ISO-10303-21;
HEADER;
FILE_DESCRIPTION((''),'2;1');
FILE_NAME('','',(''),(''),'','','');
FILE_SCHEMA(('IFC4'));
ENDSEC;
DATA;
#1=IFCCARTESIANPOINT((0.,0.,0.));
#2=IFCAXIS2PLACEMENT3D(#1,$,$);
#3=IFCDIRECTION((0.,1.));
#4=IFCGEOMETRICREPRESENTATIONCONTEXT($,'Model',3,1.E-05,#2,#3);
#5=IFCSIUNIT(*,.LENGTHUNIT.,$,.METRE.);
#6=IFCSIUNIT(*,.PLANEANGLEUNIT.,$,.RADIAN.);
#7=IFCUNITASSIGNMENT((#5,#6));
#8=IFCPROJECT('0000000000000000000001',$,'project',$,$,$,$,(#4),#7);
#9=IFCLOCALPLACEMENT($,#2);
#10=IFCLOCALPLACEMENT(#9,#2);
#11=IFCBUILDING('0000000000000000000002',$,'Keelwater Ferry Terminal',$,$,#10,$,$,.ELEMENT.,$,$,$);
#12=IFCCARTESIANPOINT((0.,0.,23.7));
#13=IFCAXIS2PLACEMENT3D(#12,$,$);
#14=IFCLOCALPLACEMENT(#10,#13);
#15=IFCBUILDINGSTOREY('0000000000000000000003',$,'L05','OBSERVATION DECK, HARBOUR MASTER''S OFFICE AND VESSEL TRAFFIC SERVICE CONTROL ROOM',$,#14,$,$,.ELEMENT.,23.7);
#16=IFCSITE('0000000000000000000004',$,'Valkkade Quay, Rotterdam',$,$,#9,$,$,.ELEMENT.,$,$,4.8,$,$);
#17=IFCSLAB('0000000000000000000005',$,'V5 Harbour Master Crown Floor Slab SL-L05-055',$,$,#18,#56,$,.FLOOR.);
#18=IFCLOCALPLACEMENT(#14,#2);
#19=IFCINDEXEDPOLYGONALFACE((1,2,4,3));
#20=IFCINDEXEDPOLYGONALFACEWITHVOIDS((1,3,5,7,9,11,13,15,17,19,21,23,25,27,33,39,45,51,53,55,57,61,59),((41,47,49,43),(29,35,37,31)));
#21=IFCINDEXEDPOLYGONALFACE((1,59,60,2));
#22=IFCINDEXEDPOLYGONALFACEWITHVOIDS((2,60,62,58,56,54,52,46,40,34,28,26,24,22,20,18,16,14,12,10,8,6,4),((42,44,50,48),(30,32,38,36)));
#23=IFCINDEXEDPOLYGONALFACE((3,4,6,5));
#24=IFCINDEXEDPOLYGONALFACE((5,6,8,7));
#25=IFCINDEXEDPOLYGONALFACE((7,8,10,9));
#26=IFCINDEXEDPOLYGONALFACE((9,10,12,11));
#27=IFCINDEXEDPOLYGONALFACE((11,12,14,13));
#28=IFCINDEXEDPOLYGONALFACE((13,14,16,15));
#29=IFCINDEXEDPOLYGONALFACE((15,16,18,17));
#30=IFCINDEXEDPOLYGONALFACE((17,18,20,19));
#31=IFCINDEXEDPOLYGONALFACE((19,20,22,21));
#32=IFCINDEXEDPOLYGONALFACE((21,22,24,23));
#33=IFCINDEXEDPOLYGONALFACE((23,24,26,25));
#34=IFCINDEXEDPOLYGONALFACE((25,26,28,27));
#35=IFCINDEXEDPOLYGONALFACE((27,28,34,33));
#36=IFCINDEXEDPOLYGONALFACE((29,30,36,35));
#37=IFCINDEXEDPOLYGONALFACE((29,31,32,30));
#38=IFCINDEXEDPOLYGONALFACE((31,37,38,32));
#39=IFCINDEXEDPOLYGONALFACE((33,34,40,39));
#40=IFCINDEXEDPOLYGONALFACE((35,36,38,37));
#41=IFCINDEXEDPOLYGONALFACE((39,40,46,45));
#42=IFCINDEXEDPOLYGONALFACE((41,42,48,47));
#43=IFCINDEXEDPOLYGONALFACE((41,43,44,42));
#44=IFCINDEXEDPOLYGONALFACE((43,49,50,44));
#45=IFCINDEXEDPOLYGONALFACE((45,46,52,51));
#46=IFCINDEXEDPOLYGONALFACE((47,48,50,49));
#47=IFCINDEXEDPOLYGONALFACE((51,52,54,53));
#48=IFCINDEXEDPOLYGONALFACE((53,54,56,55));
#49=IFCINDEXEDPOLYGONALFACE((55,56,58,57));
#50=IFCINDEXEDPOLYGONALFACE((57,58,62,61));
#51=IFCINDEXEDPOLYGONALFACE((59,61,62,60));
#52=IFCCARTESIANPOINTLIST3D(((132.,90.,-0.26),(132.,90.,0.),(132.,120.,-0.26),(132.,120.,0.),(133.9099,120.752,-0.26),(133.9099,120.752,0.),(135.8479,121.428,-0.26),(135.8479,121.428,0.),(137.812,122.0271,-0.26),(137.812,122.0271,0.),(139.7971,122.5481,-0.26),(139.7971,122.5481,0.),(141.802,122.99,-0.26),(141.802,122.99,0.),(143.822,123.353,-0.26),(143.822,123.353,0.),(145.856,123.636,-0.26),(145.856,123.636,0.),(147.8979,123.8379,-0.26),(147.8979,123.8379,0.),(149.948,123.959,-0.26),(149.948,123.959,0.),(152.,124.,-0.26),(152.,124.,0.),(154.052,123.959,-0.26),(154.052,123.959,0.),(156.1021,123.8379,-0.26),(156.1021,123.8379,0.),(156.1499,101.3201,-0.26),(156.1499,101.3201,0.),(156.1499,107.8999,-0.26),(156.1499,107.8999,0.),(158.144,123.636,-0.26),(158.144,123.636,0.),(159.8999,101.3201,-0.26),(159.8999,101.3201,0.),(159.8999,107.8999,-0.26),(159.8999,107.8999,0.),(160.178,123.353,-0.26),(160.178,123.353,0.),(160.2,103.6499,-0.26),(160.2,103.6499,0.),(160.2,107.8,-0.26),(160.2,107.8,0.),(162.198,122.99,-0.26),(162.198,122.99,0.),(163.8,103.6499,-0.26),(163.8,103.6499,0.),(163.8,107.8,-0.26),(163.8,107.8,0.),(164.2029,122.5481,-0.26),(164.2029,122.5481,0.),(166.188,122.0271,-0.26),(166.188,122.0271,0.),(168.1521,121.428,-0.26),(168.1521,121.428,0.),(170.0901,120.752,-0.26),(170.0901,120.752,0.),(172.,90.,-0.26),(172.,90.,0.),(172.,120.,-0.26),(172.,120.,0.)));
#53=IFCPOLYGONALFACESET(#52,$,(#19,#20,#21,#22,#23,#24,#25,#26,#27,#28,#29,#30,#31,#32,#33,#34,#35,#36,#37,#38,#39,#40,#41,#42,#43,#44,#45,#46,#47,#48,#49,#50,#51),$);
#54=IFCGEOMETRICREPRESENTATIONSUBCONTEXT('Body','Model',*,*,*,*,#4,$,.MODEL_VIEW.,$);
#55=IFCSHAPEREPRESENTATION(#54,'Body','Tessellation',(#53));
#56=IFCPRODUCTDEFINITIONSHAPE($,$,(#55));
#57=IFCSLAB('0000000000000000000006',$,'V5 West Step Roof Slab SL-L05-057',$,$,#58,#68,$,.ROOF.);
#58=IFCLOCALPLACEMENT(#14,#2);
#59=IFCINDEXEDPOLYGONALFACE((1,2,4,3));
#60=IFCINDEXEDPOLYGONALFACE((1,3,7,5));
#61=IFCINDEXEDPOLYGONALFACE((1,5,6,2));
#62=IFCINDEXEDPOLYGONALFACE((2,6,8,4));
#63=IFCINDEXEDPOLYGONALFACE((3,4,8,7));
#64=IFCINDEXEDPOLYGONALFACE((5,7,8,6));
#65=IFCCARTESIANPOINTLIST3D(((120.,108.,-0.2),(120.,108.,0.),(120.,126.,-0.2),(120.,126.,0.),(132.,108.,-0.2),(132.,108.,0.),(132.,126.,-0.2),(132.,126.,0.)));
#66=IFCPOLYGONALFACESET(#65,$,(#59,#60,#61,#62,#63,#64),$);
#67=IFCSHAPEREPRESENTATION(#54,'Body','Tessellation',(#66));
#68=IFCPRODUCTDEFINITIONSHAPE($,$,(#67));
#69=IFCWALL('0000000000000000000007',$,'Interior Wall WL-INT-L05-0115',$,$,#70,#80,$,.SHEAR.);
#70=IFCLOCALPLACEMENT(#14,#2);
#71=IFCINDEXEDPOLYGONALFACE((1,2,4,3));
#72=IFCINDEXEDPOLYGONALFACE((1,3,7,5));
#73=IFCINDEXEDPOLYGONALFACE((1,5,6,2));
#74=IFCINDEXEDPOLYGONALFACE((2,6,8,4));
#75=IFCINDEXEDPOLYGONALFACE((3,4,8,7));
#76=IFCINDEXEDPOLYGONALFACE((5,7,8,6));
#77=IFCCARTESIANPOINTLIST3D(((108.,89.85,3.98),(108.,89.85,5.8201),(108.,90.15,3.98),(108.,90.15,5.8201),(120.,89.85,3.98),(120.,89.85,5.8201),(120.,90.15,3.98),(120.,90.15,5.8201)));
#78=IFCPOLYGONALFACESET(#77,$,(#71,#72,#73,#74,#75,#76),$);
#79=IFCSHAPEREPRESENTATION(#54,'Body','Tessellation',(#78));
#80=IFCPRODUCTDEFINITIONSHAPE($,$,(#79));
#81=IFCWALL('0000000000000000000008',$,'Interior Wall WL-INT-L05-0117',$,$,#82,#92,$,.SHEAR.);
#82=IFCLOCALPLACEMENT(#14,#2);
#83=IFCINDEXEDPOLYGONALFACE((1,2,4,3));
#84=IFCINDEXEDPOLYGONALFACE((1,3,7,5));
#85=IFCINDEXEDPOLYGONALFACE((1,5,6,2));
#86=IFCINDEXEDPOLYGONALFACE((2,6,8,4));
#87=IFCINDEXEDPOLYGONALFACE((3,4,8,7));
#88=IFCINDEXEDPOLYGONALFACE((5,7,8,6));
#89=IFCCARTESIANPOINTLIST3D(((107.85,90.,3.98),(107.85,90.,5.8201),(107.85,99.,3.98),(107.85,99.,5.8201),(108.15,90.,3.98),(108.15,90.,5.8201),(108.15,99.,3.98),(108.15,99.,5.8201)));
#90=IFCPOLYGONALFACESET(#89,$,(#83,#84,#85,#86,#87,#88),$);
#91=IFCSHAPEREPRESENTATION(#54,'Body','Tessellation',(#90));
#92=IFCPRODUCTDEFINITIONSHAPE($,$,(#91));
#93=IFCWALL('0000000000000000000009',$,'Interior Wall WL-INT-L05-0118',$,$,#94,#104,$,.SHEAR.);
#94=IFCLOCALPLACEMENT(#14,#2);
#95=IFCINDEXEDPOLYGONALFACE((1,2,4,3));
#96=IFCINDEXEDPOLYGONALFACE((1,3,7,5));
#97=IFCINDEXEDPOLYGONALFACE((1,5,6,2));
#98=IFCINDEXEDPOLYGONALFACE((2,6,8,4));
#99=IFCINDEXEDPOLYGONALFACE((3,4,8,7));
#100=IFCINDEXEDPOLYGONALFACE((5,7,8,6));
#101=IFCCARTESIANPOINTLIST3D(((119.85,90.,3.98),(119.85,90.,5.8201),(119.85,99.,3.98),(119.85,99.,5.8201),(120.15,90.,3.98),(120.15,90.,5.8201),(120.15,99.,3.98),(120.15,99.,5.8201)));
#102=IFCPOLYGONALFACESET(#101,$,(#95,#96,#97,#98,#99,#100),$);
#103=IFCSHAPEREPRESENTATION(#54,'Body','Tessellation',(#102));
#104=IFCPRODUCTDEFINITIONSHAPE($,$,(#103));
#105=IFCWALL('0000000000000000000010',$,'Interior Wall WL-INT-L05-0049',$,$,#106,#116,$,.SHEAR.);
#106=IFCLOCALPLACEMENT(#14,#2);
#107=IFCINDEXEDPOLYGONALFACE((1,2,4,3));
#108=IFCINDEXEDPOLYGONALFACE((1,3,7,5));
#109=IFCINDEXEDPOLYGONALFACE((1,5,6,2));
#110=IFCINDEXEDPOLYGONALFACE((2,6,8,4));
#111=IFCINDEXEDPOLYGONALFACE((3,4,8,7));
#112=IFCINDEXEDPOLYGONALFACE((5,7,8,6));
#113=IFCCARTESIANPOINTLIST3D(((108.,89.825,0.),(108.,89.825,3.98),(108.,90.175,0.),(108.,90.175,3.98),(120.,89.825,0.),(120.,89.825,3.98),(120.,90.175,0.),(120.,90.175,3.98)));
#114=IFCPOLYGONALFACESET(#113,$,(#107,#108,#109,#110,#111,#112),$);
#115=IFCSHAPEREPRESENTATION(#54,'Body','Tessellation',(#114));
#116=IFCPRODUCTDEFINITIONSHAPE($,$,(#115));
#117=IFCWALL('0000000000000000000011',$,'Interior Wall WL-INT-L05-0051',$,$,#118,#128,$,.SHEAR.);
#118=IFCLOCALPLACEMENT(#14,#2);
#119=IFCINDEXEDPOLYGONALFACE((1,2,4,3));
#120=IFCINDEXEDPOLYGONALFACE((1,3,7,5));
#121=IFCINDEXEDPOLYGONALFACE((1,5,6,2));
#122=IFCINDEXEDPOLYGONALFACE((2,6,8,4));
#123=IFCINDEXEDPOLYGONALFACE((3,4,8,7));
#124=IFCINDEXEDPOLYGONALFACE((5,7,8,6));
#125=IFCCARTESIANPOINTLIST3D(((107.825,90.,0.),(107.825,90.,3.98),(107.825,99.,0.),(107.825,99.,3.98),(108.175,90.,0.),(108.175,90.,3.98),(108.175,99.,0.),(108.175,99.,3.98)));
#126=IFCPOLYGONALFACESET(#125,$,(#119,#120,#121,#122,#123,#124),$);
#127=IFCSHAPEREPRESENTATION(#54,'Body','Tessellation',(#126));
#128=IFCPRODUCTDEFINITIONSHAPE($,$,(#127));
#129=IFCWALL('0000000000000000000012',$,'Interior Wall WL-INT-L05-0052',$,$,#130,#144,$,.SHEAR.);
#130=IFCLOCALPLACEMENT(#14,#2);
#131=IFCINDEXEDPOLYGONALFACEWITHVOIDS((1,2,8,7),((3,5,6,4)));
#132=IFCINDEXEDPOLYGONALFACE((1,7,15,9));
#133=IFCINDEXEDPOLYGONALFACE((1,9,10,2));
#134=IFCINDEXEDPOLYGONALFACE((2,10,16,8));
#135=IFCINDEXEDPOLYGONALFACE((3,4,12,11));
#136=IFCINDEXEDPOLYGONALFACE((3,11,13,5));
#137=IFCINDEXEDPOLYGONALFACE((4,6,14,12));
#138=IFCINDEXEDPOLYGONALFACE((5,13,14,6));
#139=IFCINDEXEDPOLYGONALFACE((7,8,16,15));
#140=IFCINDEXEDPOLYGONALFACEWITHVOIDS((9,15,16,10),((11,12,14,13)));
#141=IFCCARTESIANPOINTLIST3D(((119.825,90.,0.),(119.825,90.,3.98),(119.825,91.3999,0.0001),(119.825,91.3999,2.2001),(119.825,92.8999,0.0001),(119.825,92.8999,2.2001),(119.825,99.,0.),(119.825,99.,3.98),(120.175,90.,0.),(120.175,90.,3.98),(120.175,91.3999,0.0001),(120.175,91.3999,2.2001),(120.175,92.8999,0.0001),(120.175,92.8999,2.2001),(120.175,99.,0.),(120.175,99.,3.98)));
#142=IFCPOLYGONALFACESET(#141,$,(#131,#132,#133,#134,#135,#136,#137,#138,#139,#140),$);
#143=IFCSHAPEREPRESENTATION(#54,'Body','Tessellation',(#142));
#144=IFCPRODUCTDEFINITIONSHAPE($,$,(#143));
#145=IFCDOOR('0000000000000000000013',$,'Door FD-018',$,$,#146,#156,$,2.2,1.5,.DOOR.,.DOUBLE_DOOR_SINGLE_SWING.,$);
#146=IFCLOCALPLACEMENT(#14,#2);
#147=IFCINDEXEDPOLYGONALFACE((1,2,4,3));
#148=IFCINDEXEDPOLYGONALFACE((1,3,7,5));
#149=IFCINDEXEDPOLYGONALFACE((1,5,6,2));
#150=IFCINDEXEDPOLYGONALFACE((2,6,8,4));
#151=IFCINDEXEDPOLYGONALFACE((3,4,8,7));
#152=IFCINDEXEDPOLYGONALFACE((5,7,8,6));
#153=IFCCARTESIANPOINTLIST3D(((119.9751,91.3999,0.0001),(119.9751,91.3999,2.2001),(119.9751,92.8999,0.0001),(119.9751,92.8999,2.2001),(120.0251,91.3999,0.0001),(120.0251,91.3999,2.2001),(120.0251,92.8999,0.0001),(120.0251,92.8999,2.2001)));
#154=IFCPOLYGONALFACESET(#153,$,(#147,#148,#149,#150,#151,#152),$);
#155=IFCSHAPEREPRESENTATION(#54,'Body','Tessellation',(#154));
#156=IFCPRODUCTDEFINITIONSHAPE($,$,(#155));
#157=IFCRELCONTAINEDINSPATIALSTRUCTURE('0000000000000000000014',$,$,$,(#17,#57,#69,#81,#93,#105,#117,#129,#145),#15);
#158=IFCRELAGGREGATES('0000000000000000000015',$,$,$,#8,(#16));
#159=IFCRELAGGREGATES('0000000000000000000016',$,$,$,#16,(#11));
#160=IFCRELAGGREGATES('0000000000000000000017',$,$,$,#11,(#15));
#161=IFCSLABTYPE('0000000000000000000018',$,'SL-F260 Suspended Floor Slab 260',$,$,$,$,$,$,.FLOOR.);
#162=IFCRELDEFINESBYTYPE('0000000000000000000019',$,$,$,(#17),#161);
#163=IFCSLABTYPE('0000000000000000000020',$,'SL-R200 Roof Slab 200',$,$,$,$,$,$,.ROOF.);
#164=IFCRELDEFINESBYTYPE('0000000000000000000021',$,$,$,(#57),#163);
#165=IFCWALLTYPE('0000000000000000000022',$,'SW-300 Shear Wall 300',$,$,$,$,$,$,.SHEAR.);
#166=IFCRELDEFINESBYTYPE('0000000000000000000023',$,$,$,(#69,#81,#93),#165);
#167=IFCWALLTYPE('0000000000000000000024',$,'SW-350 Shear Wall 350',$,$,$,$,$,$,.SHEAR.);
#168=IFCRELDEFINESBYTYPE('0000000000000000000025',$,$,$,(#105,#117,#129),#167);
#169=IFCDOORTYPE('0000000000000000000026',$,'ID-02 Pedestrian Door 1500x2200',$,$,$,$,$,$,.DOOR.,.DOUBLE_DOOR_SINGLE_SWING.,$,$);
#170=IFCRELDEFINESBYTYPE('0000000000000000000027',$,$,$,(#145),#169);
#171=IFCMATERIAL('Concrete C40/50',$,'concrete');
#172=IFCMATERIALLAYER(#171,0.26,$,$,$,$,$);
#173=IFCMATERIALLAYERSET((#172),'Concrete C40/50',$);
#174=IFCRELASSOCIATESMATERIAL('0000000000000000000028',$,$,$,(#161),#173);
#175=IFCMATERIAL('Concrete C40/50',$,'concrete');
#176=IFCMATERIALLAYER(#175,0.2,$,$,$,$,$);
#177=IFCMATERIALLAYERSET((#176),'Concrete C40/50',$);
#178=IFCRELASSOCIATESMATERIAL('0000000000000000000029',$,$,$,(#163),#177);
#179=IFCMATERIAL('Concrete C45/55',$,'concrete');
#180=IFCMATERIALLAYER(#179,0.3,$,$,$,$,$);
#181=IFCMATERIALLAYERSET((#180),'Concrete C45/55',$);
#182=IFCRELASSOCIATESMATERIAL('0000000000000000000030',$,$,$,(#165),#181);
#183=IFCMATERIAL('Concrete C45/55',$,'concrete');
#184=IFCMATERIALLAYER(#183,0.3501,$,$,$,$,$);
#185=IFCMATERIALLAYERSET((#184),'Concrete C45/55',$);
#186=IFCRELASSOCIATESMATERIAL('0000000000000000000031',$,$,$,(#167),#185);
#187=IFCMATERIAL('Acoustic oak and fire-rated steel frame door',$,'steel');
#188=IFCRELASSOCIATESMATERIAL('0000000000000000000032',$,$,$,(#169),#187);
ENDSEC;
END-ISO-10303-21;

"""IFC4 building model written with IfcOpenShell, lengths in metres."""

from ifc_helpers import new_model, si_unit, direction, frame, frame_2d, origin, place, context, subcontext, project, spatial, polyline, rectangle, outline, extrude, material, layer, layer_set, type_object, element, fill, save


model = new_model("IFC4")

# Units and contexts
model_context = context("Model", 3, precision=1e-05, world=origin(), true_north=direction((0.0, 1.0)))
body_context = subcontext(model_context, "Body", "Model", "MODEL_VIEW")
ifc_project = project(units=[si_unit("LENGTHUNIT", "METRE"), si_unit("PLANEANGLEUNIT", "RADIAN")], contexts=[model_context])

# Site, building, storey
site_placement = place(None, origin())
site = spatial("IfcSite", under=ifc_project, at=site_placement, Name="Valkkade Quay, Rotterdam", CompositionType="ELEMENT", RefElevation=4.8)
building_placement = place(site_placement, origin())
building = spatial("IfcBuilding", under=site, at=building_placement, Name="Keelwater Ferry Terminal", CompositionType="ELEMENT")
storey_placement = place(building_placement, frame((0.0, 0.0, 23.7)))
storey = spatial("IfcBuildingStorey", under=building, at=storey_placement, Name="L05", Description="OBSERVATION DECK, HARBOUR MASTER'S OFFICE AND VESSEL TRAFFIC SERVICE CONTROL ROOM", CompositionType="ELEMENT", Elevation=23.7)

# Slabs
ifc_material_1 = material(Name="Concrete C40/50", Category="concrete")
ifc_layer_1 = layer(ifc_material_1, 0.26)
ifc_layer_set_1 = layer_set([ifc_layer_1], Name="Concrete C40/50")
slab_type_1 = type_object("IfcSlabType", Name="SL-F260 Suspended Floor Slab 260", PredefinedType="FLOOR", material=ifc_layer_set_1)
slab_1_placement = place(storey_placement, frame((0.0, 0.0, -0.26)))
element("IfcSlab", 1, at=slab_1_placement, inside=storey, type_object=slab_type_1, Name="V5 Harbour Master Crown Floor Slab SL-L05-055", PredefinedType="FLOOR", context=body_context, shape_type="SweptSolid", body=[
    extrude(outline(polyline([(132.0, 90.0), (172.0, 90.0), (172.0, 120.0), (170.0901, 120.752), (168.1521, 121.428), (166.188, 122.0271), (164.2029, 122.5481), (162.198, 122.99), (160.178, 123.353), (158.144, 123.636), (156.1021, 123.8379), (154.052, 123.959), (152.0, 124.0), (149.948, 123.959), (147.8979, 123.8379), (145.856, 123.636), (143.822, 123.353), (141.802, 122.99), (139.7971, 122.5481), (137.812, 122.0271), (135.8479, 121.428), (133.9099, 120.752), (132.0, 120.0), (132.0, 90.0)]), holes=[polyline([(156.1499, 101.3201), (159.8999, 101.3201), (159.8999, 107.8999), (156.1499, 107.8999), (156.1499, 101.3201)]), polyline([(160.2, 103.6499), (163.8, 103.6499), (163.8, 107.8), (160.2, 107.8), (160.2, 103.6499)])]), origin(), (0.0, 0.0, 1.0), 0.26),
])
ifc_material_2 = material(Name="Concrete C40/50", Category="concrete")
ifc_layer_2 = layer(ifc_material_2, 0.2)
ifc_layer_set_2 = layer_set([ifc_layer_2], Name="Concrete C40/50")
slab_type_2 = type_object("IfcSlabType", Name="SL-R200 Roof Slab 200", PredefinedType="ROOF", material=ifc_layer_set_2)
slab_2_placement = place(storey_placement, frame((0.0, 0.0, -0.2)))
element("IfcSlab", 2, at=slab_2_placement, inside=storey, type_object=slab_type_2, Name="V5 West Step Roof Slab SL-L05-057", PredefinedType="ROOF", context=body_context, shape_type="SweptSolid", body=[
    extrude(outline(polyline([(120.0, 108.0), (132.0, 108.0), (132.0, 126.0), (120.0, 126.0), (120.0, 108.0)])), origin(), (0.0, 0.0, 1.0), 0.2),
])

# Walls
ifc_material_3 = material(Name="Concrete C45/55", Category="concrete")
ifc_layer_3 = layer(ifc_material_3, 0.3)
ifc_layer_set_3 = layer_set([ifc_layer_3], Name="Concrete C45/55")
wall_type_1 = type_object("IfcWallType", Name="SW-300 Shear Wall 300", PredefinedType="SHEAR", material=ifc_layer_set_3)
wall_1_placement = place(storey_placement, frame((108.0, 90.0, 3.98), z_axis=(0.0, 0.0, 1.0), x_axis=(1.0, 0.0, 0.0)))
element("IfcWall", 3, at=wall_1_placement, inside=storey, type_object=wall_type_1, Name="Interior Wall WL-INT-L05-0115", PredefinedType="SHEAR", context=body_context, shape_type="SweptSolid", body=[
    extrude(rectangle(XDim=12.0, YDim=0.3, at=frame_2d((6.0, 0.0))), origin(), (0.0, 0.0, 1.0), 1.8401),
])
for number, where, z_axis, x_axis, name in (
    (4, (108.0, 90.0, 3.98), (0.0, 0.0, 1.0), (0.0, 1.0, 0.0), "Interior Wall WL-INT-L05-0117"),
    (5, (120.0, 90.0, 3.98), (0.0, 0.0, 1.0), (0.0, 1.0, 0.0), "Interior Wall WL-INT-L05-0118"),
):
    element("IfcWall", number, at=place(storey_placement, frame(where, z_axis=z_axis, x_axis=x_axis)), inside=storey, type_object=wall_type_1, Name=name, PredefinedType="SHEAR", context=body_context, shape_type="SweptSolid", body=[
        extrude(rectangle(XDim=9.0, YDim=0.3, at=frame_2d((4.5, 0.0))), origin(), (0.0, 0.0, 1.0), 1.8401),
    ])
ifc_material_4 = material(Name="Concrete C45/55", Category="concrete")
ifc_layer_4 = layer(ifc_material_4, 0.3501)
ifc_layer_set_4 = layer_set([ifc_layer_4], Name="Concrete C45/55")
wall_type_2 = type_object("IfcWallType", Name="SW-350 Shear Wall 350", PredefinedType="SHEAR", material=ifc_layer_set_4)
wall_2_placement = place(storey_placement, frame((108.0, 90.0, 0.0), z_axis=(0.0, 0.0, 1.0), x_axis=(1.0, 0.0, 0.0)))
element("IfcWall", 6, at=wall_2_placement, inside=storey, type_object=wall_type_2, Name="Interior Wall WL-INT-L05-0049", PredefinedType="SHEAR", context=body_context, shape_type="SweptSolid", body=[
    extrude(rectangle(XDim=12.0, YDim=0.3501, at=frame_2d((6.0, 0.0))), origin(), (0.0, 0.0, 1.0), 3.98),
])
wall_3_placement = place(storey_placement, frame((108.0, 90.0, 0.0), z_axis=(0.0, 0.0, 1.0), x_axis=(0.0, 1.0, 0.0)))
element("IfcWall", 7, at=wall_3_placement, inside=storey, type_object=wall_type_2, Name="Interior Wall WL-INT-L05-0051", PredefinedType="SHEAR", context=body_context, shape_type="SweptSolid", body=[
    extrude(rectangle(XDim=9.0, YDim=0.3501, at=frame_2d((4.5, 0.0))), origin(), (0.0, 0.0, 1.0), 3.98),
])

# Wall, opening, door
wall_4_placement = place(storey_placement, frame((120.0, 90.0, 0.0), z_axis=(0.0, 0.0, 1.0), x_axis=(0.0, 1.0, 0.0)))
wall_4 = element("IfcWall", 8, at=wall_4_placement, inside=storey, type_object=wall_type_2, Name="Interior Wall WL-INT-L05-0052", PredefinedType="SHEAR", context=body_context, shape_type="SweptSolid", body=[
    extrude(rectangle(XDim=9.0, YDim=0.3501, at=frame_2d((4.5, 0.0))), origin(), (0.0, 0.0, 1.0), 3.98),
])
opening_placement = place(wall_4_placement, frame((1.3999, 0.0, 0.0)))
opening = element("IfcOpeningElement", 9, at=opening_placement, cuts=wall_4, PredefinedType="OPENING", context=body_context, shape_type="SweptSolid", body=[
    extrude(rectangle(XDim=1.5, YDim=2.2, at=frame_2d((0.75, 1.1001))), frame((0.0, 0.1851, 0.0), z_axis=(0.0, -1.0, 0.0), x_axis=(1.0, 0.0, 0.0)), (0.0, 0.0, 1.0), 0.3701),
])
ifc_material_5 = material(Name="Acoustic oak and fire-rated steel frame door", Category="steel")
door_type = type_object("IfcDoorType", Name="ID-02 Pedestrian Door 1500x2200", OperationType="DOUBLE_DOOR_SINGLE_SWING", PredefinedType="DOOR", material=ifc_material_5)
door_placement = place(opening_placement, origin())
door = element("IfcDoor", 10, at=door_placement, inside=storey, type_object=door_type, Name="Door FD-018", OperationType="DOUBLE_DOOR_SINGLE_SWING", OverallHeight=2.2, OverallWidth=1.5, PredefinedType="DOOR", context=body_context, shape_type="SweptSolid", body=[
    extrude(rectangle(XDim=1.5, YDim=2.2, at=frame_2d((0.75, 1.1001))), frame((0.0, 0.0249, 0.0), z_axis=(0.0, -1.0, 0.0), x_axis=(1.0, 0.0, 0.0)), (0.0, 0.0, 1.0), 0.05),
])
fill(opening, door)

save(model, "model.ifc")
